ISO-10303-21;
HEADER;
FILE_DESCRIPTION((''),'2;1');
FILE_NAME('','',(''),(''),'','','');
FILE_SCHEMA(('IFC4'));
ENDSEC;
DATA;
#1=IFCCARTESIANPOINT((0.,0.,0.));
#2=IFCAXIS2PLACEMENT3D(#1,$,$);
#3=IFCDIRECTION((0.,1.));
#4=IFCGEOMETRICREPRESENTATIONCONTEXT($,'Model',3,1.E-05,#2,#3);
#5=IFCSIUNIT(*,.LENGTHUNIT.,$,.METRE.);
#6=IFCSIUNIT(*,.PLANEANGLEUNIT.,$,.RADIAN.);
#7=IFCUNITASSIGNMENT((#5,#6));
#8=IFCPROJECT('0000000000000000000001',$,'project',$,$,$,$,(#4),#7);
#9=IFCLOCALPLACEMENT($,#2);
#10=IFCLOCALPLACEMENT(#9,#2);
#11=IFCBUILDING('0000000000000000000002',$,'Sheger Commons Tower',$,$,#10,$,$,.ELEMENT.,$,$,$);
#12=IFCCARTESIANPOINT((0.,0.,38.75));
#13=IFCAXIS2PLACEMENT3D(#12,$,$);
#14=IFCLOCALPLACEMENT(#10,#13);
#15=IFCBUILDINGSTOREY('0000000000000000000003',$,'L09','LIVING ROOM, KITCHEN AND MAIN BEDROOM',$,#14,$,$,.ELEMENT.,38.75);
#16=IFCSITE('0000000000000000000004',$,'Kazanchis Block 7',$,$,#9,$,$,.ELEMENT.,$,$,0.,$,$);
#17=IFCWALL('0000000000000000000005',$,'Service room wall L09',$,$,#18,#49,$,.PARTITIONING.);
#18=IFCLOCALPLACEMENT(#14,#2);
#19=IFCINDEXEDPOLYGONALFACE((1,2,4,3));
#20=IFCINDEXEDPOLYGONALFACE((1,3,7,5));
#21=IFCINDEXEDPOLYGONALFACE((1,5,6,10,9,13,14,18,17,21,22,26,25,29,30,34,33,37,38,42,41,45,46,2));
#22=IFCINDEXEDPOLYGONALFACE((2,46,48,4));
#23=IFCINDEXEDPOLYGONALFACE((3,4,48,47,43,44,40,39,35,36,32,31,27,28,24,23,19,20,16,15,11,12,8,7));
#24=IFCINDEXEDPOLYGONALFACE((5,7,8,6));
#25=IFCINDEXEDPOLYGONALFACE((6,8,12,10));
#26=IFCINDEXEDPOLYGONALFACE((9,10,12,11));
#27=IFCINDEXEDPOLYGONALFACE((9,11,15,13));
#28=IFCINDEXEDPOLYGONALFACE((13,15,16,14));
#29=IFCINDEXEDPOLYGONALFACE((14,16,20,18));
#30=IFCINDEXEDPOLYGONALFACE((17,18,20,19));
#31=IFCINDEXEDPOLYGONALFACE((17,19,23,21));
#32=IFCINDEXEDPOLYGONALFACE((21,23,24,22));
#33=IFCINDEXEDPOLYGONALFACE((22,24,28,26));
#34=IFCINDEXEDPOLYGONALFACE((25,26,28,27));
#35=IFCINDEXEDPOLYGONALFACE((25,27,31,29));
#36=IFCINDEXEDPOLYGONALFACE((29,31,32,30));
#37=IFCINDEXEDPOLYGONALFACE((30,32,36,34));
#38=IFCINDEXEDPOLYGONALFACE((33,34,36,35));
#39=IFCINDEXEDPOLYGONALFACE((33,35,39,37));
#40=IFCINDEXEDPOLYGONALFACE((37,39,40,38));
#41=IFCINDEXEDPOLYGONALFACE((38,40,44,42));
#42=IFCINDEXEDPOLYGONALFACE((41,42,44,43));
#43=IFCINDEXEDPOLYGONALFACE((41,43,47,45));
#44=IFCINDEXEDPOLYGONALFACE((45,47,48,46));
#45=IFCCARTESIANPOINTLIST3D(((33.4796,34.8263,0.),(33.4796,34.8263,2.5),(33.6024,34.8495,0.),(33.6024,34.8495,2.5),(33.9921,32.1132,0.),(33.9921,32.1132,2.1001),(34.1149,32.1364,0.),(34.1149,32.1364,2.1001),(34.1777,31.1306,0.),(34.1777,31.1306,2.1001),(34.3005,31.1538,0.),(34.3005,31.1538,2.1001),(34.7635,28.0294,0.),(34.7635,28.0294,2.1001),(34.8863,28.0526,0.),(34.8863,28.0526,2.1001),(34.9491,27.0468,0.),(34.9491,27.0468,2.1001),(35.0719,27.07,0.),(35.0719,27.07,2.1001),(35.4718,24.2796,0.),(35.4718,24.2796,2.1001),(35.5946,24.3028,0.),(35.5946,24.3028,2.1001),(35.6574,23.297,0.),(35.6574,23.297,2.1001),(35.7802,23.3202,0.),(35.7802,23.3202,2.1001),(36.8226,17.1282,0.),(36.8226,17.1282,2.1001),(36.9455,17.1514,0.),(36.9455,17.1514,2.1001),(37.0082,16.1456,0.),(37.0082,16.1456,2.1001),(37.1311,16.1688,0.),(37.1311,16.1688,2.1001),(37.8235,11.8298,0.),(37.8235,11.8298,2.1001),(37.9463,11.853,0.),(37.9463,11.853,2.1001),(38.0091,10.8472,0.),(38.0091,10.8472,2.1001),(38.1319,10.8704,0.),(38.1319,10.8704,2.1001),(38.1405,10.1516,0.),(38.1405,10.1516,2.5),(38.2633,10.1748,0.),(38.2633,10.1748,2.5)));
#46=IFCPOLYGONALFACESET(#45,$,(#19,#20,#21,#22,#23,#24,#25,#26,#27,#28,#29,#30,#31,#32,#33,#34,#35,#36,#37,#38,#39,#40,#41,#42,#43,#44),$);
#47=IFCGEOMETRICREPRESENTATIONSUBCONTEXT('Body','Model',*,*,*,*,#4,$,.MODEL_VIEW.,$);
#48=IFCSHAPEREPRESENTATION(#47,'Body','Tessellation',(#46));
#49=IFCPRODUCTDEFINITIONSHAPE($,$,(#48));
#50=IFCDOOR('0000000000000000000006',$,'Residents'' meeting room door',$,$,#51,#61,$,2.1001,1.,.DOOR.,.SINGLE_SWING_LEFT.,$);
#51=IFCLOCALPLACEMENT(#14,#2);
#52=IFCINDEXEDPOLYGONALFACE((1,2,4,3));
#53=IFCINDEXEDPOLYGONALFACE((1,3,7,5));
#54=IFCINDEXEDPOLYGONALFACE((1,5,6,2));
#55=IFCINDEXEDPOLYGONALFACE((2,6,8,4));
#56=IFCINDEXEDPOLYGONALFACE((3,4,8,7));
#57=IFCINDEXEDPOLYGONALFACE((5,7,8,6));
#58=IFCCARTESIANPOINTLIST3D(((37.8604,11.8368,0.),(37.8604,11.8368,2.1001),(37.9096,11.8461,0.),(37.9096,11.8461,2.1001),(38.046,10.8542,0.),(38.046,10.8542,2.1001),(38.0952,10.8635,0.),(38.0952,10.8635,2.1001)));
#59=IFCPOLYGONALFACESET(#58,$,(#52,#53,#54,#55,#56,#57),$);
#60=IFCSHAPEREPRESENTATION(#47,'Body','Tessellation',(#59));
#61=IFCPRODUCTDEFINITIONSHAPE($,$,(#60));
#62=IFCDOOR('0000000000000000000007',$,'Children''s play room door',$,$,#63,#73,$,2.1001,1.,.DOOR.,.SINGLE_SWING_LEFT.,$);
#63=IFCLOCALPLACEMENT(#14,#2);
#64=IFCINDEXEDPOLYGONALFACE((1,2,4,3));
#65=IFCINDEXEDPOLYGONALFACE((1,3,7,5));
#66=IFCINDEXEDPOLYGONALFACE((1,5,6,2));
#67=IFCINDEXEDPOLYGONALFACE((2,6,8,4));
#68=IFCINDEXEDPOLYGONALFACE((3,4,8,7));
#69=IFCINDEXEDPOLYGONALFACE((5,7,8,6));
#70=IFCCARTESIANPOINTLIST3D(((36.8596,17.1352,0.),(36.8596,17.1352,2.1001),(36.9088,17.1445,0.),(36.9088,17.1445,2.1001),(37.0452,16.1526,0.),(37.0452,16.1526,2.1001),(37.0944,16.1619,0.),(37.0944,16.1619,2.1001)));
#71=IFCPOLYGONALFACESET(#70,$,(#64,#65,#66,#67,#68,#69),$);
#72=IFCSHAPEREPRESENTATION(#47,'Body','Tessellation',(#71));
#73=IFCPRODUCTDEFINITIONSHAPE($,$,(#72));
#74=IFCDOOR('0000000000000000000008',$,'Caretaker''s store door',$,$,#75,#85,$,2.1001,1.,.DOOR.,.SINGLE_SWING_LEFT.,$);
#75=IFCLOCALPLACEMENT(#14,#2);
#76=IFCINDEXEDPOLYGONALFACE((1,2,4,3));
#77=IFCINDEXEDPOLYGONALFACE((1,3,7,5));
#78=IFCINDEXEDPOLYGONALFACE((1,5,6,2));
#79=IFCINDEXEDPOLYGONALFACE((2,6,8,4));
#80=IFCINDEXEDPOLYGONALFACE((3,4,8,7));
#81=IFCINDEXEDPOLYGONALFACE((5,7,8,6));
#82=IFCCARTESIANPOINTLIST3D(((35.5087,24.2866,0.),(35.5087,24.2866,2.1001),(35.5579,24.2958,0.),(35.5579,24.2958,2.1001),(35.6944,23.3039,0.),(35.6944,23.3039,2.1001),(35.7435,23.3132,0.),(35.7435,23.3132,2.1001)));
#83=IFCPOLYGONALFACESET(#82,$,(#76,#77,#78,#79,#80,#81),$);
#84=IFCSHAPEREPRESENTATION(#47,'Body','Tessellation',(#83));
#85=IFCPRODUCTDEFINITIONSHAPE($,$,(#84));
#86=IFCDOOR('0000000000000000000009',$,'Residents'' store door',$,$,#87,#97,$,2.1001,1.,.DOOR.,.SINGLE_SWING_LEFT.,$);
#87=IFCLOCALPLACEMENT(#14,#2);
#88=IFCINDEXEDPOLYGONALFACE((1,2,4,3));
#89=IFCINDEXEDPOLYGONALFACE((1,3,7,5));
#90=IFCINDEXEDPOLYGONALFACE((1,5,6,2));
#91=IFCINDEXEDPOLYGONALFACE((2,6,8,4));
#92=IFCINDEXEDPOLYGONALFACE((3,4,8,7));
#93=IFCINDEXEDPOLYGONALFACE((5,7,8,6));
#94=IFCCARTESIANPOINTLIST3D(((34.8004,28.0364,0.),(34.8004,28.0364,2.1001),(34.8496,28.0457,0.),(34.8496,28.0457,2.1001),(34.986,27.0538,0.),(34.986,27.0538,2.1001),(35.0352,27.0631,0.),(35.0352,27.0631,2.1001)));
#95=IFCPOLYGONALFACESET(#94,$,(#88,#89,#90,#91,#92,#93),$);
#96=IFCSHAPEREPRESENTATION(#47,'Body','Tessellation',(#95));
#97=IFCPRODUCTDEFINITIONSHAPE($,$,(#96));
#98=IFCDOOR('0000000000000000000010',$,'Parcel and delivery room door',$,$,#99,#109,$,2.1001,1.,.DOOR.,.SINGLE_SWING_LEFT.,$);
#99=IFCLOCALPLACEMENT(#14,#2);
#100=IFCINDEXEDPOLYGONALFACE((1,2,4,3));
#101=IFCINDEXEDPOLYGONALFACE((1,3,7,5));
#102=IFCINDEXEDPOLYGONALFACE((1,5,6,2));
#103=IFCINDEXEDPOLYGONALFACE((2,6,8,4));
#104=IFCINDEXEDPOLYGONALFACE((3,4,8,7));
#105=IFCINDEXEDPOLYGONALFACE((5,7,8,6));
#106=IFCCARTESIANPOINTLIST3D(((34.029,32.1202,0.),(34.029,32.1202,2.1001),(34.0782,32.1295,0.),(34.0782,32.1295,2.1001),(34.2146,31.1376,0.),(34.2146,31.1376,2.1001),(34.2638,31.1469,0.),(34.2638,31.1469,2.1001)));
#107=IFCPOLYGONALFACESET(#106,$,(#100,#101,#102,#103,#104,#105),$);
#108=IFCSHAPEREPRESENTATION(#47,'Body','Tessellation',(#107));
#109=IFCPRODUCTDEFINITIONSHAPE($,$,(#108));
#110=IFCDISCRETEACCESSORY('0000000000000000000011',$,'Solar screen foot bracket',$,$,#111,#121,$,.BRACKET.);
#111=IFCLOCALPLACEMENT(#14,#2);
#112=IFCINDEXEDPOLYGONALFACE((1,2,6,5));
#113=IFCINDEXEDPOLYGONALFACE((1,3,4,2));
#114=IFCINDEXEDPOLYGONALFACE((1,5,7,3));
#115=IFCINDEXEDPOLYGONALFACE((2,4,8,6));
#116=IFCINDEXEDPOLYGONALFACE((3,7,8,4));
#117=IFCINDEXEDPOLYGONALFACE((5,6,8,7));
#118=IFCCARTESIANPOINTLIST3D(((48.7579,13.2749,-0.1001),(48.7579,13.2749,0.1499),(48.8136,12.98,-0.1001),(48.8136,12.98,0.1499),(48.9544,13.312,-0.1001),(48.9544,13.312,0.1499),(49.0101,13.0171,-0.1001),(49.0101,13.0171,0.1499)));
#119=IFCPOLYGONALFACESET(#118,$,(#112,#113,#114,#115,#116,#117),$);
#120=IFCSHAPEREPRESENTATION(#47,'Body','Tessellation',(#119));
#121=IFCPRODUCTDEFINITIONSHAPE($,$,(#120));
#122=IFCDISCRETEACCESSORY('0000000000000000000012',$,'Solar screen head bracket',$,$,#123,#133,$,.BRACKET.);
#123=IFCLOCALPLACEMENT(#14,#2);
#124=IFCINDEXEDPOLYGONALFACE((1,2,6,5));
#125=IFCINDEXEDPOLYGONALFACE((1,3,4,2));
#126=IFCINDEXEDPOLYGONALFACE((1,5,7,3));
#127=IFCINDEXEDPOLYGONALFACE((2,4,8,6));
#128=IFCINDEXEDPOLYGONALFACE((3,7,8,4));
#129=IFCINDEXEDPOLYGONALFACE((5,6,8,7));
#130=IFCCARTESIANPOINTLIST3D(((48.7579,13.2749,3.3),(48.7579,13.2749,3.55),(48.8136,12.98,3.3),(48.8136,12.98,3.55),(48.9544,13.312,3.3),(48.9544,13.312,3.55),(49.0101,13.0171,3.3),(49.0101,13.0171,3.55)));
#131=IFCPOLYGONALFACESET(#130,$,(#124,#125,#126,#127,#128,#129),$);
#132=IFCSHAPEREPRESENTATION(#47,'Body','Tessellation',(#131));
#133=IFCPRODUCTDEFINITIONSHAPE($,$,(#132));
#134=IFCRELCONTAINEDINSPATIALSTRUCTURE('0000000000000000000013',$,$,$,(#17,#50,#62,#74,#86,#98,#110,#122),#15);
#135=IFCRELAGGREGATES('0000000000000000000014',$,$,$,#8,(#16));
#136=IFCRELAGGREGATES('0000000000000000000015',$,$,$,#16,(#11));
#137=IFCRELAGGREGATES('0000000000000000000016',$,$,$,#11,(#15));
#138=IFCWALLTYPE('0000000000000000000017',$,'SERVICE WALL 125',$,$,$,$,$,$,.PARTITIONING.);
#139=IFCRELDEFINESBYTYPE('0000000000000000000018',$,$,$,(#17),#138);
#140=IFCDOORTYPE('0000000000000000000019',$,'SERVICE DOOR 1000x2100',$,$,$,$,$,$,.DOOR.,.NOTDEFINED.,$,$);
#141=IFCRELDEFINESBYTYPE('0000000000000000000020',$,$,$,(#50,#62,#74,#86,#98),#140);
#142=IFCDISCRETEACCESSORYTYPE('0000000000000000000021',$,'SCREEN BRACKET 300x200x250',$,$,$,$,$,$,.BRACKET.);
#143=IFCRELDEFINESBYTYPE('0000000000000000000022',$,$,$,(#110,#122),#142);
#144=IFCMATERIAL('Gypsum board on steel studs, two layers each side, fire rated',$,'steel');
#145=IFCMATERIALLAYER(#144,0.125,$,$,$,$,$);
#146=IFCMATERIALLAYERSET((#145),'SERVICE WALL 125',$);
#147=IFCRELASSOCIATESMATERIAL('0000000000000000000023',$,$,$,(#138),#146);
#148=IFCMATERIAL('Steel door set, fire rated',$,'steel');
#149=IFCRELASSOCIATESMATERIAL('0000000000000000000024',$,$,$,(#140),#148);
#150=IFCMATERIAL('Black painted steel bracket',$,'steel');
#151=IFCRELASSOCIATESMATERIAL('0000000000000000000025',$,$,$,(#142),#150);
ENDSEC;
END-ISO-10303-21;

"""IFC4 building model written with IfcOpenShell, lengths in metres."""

from ifc_helpers import new_model, si_unit, direction, frame, frame_2d, origin, origin_2d, place, context, subcontext, project, spatial, rectangle, extrude, material, layer, layer_set, type_object, element, fill, save


model = new_model("IFC4")

# Units and contexts
model_context = context("Model", 3, precision=1e-05, world=origin(), true_north=direction((0.0, 1.0)))
body_context = subcontext(model_context, "Body", "Model", "MODEL_VIEW")
ifc_project = project(units=[si_unit("LENGTHUNIT", "METRE"), si_unit("PLANEANGLEUNIT", "RADIAN")], contexts=[model_context])

# Site, building, storey
site_placement = place(None, origin())
site = spatial("IfcSite", under=ifc_project, at=site_placement, Name="Kazanchis Block 7", CompositionType="ELEMENT", RefElevation=0.0)
building_placement = place(site_placement, origin())
building = spatial("IfcBuilding", under=site, at=building_placement, Name="Sheger Commons Tower", CompositionType="ELEMENT")
storey_placement = place(building_placement, frame((0.0, 0.0, 38.75)))
storey = spatial("IfcBuildingStorey", under=building, at=storey_placement, Name="L09", Description="LIVING ROOM, KITCHEN AND MAIN BEDROOM", CompositionType="ELEMENT", Elevation=38.75)

# Wall, openings, doors
ifc_material_1 = material(Name="Gypsum board on steel studs, two layers each side, fire rated", Category="steel")
ifc_layer_1 = layer(ifc_material_1, 0.125)
ifc_layer_set_1 = layer_set([ifc_layer_1], Name="SERVICE WALL 125")
wall_type_1 = type_object("IfcWallType", Name="SERVICE WALL 125", PredefinedType="PARTITIONING", material=ifc_layer_set_1)
wall_1_placement = place(storey_placement, frame((38.2019, 10.1631, 0.0), z_axis=(0.0, 0.0, 1.0), x_axis=(-0.18561, 0.982623, 0.0)))
wall_1 = element("IfcWall", 1, at=wall_1_placement, inside=storey, type_object=wall_type_1, Name="Service room wall L09", PredefinedType="PARTITIONING", context=body_context, shape_type="SweptSolid", body=[
    extrude(rectangle(XDim=25.1111, YDim=0.125, at=frame_2d((12.5557, 0.0))), origin(), (0.0, 0.0, 1.0), 2.5),
])
opening_1_placement = place(wall_1_placement, frame((0.708, 0.0, 0.0)))
opening_1 = element("IfcOpeningElement", 2, at=opening_1_placement, cuts=wall_1, PredefinedType="OPENING", context=body_context, shape_type="SweptSolid", body=[
    extrude(rectangle(XDim=1.0, YDim=2.1001, at=frame_2d((0.5, 1.05))), frame((0.0, 0.0725, 0.0), z_axis=(0.0, -1.0, 0.0), x_axis=(1.0, 0.0, 0.0)), (0.0, 0.0, 1.0), 0.145),
])
opening_2_placement = place(wall_1_placement, frame((6.1001, 0.0, 0.0)))
opening_2 = element("IfcOpeningElement", 3, at=opening_2_placement, cuts=wall_1, PredefinedType="OPENING", context=body_context, shape_type="SweptSolid", body=[
    extrude(rectangle(XDim=1.0, YDim=2.1001, at=frame_2d((0.5, 1.05))), frame((0.0, 0.0725, 0.0), z_axis=(0.0, -1.0, 0.0), x_axis=(1.0, 0.0, 0.0)), (0.0, 0.0, 1.0), 0.145),
])
opening_3_placement = place(wall_1_placement, frame((13.3779, 0.0, 0.0)))
opening_3 = element("IfcOpeningElement", 4, at=opening_3_placement, cuts=wall_1, PredefinedType="OPENING", context=body_context, shape_type="SweptSolid", body=[
    extrude(rectangle(XDim=1.0, YDim=2.1001, at=frame_2d((0.5, 1.05))), frame((0.0, 0.0725, 0.0), z_axis=(0.0, -1.0, 0.0), x_axis=(1.0, 0.0, 0.0)), (0.0, 0.0, 1.0), 0.145),
])
opening_4_placement = place(wall_1_placement, frame((17.1941, 0.0, 0.0)))
opening_4 = element("IfcOpeningElement", 5, at=opening_4_placement, cuts=wall_1, PredefinedType="OPENING", context=body_context, shape_type="SweptSolid", body=[
    extrude(rectangle(XDim=1.0, YDim=2.1001, at=frame_2d((0.5, 1.05))), frame((0.0, 0.0725, 0.0), z_axis=(0.0, -1.0, 0.0), x_axis=(1.0, 0.0, 0.0)), (0.0, 0.0, 1.0), 0.145),
])
opening_5_placement = place(wall_1_placement, frame((21.3501, 0.0, 0.0)))
opening_5 = element("IfcOpeningElement", 6, at=opening_5_placement, cuts=wall_1, PredefinedType="OPENING", context=body_context, shape_type="SweptSolid", body=[
    extrude(rectangle(XDim=1.0, YDim=2.1001, at=frame_2d((0.5, 1.05))), frame((0.0, 0.0725, 0.0), z_axis=(0.0, -1.0, 0.0), x_axis=(1.0, 0.0, 0.0)), (0.0, 0.0, 1.0), 0.145),
])
ifc_material_2 = material(Name="Steel door set, fire rated", Category="steel")
door_type_1 = type_object("IfcDoorType", Name="SERVICE DOOR 1000x2100", OperationType="NOTDEFINED", PredefinedType="DOOR", material=ifc_material_2)
door_1_placement = place(opening_1_placement, origin())
door_1 = element("IfcDoor", 7, at=door_1_placement, inside=storey, type_object=door_type_1, Name="Residents' meeting room door", OperationType="SINGLE_SWING_LEFT", OverallHeight=2.1001, OverallWidth=1.0, PredefinedType="DOOR", context=body_context, shape_type="SweptSolid", body=[
    extrude(rectangle(XDim=1.0, YDim=2.1001, at=frame_2d((0.5, 1.05))), frame((0.0, 0.0249, 0.0), z_axis=(0.0, -1.0, 0.0), x_axis=(1.0, 0.0, 0.0)), (0.0, 0.0, 1.0), 0.05),
])
fill(opening_1, door_1)
door_2_placement = place(opening_2_placement, origin())
door_2 = element("IfcDoor", 8, at=door_2_placement, inside=storey, type_object=door_type_1, Name="Children's play room door", OperationType="SINGLE_SWING_LEFT", OverallHeight=2.1001, OverallWidth=1.0, PredefinedType="DOOR", context=body_context, shape_type="SweptSolid", body=[
    extrude(rectangle(XDim=1.0, YDim=2.1001, at=frame_2d((0.5, 1.05))), frame((0.0, 0.0249, 0.0), z_axis=(0.0, -1.0, 0.0), x_axis=(1.0, 0.0, 0.0)), (0.0, 0.0, 1.0), 0.05),
])
fill(opening_2, door_2)
door_3_placement = place(opening_3_placement, origin())
door_3 = element("IfcDoor", 9, at=door_3_placement, inside=storey, type_object=door_type_1, Name="Caretaker's store door", OperationType="SINGLE_SWING_LEFT", OverallHeight=2.1001, OverallWidth=1.0, PredefinedType="DOOR", context=body_context, shape_type="SweptSolid", body=[
    extrude(rectangle(XDim=1.0, YDim=2.1001, at=frame_2d((0.5, 1.05))), frame((0.0, 0.0249, 0.0), z_axis=(0.0, -1.0, 0.0), x_axis=(1.0, 0.0, 0.0)), (0.0, 0.0, 1.0), 0.05),
])
fill(opening_3, door_3)
door_4_placement = place(opening_4_placement, origin())
door_4 = element("IfcDoor", 10, at=door_4_placement, inside=storey, type_object=door_type_1, Name="Residents' store door", OperationType="SINGLE_SWING_LEFT", OverallHeight=2.1001, OverallWidth=1.0, PredefinedType="DOOR", context=body_context, shape_type="SweptSolid", body=[
    extrude(rectangle(XDim=1.0, YDim=2.1001, at=frame_2d((0.5, 1.05))), frame((0.0, 0.0249, 0.0), z_axis=(0.0, -1.0, 0.0), x_axis=(1.0, 0.0, 0.0)), (0.0, 0.0, 1.0), 0.05),
])
fill(opening_4, door_4)
door_5_placement = place(opening_5_placement, origin())
door_5 = element("IfcDoor", 11, at=door_5_placement, inside=storey, type_object=door_type_1, Name="Parcel and delivery room door", OperationType="SINGLE_SWING_LEFT", OverallHeight=2.1001, OverallWidth=1.0, PredefinedType="DOOR", context=body_context, shape_type="SweptSolid", body=[
    extrude(rectangle(XDim=1.0, YDim=2.1001, at=frame_2d((0.5, 1.05))), frame((0.0, 0.0249, 0.0), z_axis=(0.0, -1.0, 0.0), x_axis=(1.0, 0.0, 0.0)), (0.0, 0.0, 1.0), 0.05),
])
fill(opening_5, door_5)

# Discrete accessories
ifc_material_3 = material(Name="Black painted steel bracket", Category="steel")
discrete_accessory_type = type_object("IfcDiscreteAccessoryType", Name="SCREEN BRACKET 300x200x250", PredefinedType="BRACKET", material=ifc_material_3)
for number, where, z_axis, x_axis, name in (
    (12, (48.884, 13.146, -0.1001), (0.0, 0.0, 1.0), (-0.185615, 0.982623, 0.0), "Solar screen foot bracket"),
    (13, (48.884, 13.146, 3.3), (0.0, 0.0, 1.0), (-0.185615, 0.982623, 0.0), "Solar screen head bracket"),
):
    element("IfcDiscreteAccessory", number, at=place(storey_placement, frame(where, z_axis=z_axis, x_axis=x_axis)), inside=storey, type_object=discrete_accessory_type, Name=name, PredefinedType="BRACKET", context=body_context, shape_type="SweptSolid", body=[
        extrude(rectangle(XDim=0.3, YDim=0.2, at=origin_2d()), origin(), (0.0, 0.0, 1.0), 0.25),
    ])

save(model, "model.ifc")
